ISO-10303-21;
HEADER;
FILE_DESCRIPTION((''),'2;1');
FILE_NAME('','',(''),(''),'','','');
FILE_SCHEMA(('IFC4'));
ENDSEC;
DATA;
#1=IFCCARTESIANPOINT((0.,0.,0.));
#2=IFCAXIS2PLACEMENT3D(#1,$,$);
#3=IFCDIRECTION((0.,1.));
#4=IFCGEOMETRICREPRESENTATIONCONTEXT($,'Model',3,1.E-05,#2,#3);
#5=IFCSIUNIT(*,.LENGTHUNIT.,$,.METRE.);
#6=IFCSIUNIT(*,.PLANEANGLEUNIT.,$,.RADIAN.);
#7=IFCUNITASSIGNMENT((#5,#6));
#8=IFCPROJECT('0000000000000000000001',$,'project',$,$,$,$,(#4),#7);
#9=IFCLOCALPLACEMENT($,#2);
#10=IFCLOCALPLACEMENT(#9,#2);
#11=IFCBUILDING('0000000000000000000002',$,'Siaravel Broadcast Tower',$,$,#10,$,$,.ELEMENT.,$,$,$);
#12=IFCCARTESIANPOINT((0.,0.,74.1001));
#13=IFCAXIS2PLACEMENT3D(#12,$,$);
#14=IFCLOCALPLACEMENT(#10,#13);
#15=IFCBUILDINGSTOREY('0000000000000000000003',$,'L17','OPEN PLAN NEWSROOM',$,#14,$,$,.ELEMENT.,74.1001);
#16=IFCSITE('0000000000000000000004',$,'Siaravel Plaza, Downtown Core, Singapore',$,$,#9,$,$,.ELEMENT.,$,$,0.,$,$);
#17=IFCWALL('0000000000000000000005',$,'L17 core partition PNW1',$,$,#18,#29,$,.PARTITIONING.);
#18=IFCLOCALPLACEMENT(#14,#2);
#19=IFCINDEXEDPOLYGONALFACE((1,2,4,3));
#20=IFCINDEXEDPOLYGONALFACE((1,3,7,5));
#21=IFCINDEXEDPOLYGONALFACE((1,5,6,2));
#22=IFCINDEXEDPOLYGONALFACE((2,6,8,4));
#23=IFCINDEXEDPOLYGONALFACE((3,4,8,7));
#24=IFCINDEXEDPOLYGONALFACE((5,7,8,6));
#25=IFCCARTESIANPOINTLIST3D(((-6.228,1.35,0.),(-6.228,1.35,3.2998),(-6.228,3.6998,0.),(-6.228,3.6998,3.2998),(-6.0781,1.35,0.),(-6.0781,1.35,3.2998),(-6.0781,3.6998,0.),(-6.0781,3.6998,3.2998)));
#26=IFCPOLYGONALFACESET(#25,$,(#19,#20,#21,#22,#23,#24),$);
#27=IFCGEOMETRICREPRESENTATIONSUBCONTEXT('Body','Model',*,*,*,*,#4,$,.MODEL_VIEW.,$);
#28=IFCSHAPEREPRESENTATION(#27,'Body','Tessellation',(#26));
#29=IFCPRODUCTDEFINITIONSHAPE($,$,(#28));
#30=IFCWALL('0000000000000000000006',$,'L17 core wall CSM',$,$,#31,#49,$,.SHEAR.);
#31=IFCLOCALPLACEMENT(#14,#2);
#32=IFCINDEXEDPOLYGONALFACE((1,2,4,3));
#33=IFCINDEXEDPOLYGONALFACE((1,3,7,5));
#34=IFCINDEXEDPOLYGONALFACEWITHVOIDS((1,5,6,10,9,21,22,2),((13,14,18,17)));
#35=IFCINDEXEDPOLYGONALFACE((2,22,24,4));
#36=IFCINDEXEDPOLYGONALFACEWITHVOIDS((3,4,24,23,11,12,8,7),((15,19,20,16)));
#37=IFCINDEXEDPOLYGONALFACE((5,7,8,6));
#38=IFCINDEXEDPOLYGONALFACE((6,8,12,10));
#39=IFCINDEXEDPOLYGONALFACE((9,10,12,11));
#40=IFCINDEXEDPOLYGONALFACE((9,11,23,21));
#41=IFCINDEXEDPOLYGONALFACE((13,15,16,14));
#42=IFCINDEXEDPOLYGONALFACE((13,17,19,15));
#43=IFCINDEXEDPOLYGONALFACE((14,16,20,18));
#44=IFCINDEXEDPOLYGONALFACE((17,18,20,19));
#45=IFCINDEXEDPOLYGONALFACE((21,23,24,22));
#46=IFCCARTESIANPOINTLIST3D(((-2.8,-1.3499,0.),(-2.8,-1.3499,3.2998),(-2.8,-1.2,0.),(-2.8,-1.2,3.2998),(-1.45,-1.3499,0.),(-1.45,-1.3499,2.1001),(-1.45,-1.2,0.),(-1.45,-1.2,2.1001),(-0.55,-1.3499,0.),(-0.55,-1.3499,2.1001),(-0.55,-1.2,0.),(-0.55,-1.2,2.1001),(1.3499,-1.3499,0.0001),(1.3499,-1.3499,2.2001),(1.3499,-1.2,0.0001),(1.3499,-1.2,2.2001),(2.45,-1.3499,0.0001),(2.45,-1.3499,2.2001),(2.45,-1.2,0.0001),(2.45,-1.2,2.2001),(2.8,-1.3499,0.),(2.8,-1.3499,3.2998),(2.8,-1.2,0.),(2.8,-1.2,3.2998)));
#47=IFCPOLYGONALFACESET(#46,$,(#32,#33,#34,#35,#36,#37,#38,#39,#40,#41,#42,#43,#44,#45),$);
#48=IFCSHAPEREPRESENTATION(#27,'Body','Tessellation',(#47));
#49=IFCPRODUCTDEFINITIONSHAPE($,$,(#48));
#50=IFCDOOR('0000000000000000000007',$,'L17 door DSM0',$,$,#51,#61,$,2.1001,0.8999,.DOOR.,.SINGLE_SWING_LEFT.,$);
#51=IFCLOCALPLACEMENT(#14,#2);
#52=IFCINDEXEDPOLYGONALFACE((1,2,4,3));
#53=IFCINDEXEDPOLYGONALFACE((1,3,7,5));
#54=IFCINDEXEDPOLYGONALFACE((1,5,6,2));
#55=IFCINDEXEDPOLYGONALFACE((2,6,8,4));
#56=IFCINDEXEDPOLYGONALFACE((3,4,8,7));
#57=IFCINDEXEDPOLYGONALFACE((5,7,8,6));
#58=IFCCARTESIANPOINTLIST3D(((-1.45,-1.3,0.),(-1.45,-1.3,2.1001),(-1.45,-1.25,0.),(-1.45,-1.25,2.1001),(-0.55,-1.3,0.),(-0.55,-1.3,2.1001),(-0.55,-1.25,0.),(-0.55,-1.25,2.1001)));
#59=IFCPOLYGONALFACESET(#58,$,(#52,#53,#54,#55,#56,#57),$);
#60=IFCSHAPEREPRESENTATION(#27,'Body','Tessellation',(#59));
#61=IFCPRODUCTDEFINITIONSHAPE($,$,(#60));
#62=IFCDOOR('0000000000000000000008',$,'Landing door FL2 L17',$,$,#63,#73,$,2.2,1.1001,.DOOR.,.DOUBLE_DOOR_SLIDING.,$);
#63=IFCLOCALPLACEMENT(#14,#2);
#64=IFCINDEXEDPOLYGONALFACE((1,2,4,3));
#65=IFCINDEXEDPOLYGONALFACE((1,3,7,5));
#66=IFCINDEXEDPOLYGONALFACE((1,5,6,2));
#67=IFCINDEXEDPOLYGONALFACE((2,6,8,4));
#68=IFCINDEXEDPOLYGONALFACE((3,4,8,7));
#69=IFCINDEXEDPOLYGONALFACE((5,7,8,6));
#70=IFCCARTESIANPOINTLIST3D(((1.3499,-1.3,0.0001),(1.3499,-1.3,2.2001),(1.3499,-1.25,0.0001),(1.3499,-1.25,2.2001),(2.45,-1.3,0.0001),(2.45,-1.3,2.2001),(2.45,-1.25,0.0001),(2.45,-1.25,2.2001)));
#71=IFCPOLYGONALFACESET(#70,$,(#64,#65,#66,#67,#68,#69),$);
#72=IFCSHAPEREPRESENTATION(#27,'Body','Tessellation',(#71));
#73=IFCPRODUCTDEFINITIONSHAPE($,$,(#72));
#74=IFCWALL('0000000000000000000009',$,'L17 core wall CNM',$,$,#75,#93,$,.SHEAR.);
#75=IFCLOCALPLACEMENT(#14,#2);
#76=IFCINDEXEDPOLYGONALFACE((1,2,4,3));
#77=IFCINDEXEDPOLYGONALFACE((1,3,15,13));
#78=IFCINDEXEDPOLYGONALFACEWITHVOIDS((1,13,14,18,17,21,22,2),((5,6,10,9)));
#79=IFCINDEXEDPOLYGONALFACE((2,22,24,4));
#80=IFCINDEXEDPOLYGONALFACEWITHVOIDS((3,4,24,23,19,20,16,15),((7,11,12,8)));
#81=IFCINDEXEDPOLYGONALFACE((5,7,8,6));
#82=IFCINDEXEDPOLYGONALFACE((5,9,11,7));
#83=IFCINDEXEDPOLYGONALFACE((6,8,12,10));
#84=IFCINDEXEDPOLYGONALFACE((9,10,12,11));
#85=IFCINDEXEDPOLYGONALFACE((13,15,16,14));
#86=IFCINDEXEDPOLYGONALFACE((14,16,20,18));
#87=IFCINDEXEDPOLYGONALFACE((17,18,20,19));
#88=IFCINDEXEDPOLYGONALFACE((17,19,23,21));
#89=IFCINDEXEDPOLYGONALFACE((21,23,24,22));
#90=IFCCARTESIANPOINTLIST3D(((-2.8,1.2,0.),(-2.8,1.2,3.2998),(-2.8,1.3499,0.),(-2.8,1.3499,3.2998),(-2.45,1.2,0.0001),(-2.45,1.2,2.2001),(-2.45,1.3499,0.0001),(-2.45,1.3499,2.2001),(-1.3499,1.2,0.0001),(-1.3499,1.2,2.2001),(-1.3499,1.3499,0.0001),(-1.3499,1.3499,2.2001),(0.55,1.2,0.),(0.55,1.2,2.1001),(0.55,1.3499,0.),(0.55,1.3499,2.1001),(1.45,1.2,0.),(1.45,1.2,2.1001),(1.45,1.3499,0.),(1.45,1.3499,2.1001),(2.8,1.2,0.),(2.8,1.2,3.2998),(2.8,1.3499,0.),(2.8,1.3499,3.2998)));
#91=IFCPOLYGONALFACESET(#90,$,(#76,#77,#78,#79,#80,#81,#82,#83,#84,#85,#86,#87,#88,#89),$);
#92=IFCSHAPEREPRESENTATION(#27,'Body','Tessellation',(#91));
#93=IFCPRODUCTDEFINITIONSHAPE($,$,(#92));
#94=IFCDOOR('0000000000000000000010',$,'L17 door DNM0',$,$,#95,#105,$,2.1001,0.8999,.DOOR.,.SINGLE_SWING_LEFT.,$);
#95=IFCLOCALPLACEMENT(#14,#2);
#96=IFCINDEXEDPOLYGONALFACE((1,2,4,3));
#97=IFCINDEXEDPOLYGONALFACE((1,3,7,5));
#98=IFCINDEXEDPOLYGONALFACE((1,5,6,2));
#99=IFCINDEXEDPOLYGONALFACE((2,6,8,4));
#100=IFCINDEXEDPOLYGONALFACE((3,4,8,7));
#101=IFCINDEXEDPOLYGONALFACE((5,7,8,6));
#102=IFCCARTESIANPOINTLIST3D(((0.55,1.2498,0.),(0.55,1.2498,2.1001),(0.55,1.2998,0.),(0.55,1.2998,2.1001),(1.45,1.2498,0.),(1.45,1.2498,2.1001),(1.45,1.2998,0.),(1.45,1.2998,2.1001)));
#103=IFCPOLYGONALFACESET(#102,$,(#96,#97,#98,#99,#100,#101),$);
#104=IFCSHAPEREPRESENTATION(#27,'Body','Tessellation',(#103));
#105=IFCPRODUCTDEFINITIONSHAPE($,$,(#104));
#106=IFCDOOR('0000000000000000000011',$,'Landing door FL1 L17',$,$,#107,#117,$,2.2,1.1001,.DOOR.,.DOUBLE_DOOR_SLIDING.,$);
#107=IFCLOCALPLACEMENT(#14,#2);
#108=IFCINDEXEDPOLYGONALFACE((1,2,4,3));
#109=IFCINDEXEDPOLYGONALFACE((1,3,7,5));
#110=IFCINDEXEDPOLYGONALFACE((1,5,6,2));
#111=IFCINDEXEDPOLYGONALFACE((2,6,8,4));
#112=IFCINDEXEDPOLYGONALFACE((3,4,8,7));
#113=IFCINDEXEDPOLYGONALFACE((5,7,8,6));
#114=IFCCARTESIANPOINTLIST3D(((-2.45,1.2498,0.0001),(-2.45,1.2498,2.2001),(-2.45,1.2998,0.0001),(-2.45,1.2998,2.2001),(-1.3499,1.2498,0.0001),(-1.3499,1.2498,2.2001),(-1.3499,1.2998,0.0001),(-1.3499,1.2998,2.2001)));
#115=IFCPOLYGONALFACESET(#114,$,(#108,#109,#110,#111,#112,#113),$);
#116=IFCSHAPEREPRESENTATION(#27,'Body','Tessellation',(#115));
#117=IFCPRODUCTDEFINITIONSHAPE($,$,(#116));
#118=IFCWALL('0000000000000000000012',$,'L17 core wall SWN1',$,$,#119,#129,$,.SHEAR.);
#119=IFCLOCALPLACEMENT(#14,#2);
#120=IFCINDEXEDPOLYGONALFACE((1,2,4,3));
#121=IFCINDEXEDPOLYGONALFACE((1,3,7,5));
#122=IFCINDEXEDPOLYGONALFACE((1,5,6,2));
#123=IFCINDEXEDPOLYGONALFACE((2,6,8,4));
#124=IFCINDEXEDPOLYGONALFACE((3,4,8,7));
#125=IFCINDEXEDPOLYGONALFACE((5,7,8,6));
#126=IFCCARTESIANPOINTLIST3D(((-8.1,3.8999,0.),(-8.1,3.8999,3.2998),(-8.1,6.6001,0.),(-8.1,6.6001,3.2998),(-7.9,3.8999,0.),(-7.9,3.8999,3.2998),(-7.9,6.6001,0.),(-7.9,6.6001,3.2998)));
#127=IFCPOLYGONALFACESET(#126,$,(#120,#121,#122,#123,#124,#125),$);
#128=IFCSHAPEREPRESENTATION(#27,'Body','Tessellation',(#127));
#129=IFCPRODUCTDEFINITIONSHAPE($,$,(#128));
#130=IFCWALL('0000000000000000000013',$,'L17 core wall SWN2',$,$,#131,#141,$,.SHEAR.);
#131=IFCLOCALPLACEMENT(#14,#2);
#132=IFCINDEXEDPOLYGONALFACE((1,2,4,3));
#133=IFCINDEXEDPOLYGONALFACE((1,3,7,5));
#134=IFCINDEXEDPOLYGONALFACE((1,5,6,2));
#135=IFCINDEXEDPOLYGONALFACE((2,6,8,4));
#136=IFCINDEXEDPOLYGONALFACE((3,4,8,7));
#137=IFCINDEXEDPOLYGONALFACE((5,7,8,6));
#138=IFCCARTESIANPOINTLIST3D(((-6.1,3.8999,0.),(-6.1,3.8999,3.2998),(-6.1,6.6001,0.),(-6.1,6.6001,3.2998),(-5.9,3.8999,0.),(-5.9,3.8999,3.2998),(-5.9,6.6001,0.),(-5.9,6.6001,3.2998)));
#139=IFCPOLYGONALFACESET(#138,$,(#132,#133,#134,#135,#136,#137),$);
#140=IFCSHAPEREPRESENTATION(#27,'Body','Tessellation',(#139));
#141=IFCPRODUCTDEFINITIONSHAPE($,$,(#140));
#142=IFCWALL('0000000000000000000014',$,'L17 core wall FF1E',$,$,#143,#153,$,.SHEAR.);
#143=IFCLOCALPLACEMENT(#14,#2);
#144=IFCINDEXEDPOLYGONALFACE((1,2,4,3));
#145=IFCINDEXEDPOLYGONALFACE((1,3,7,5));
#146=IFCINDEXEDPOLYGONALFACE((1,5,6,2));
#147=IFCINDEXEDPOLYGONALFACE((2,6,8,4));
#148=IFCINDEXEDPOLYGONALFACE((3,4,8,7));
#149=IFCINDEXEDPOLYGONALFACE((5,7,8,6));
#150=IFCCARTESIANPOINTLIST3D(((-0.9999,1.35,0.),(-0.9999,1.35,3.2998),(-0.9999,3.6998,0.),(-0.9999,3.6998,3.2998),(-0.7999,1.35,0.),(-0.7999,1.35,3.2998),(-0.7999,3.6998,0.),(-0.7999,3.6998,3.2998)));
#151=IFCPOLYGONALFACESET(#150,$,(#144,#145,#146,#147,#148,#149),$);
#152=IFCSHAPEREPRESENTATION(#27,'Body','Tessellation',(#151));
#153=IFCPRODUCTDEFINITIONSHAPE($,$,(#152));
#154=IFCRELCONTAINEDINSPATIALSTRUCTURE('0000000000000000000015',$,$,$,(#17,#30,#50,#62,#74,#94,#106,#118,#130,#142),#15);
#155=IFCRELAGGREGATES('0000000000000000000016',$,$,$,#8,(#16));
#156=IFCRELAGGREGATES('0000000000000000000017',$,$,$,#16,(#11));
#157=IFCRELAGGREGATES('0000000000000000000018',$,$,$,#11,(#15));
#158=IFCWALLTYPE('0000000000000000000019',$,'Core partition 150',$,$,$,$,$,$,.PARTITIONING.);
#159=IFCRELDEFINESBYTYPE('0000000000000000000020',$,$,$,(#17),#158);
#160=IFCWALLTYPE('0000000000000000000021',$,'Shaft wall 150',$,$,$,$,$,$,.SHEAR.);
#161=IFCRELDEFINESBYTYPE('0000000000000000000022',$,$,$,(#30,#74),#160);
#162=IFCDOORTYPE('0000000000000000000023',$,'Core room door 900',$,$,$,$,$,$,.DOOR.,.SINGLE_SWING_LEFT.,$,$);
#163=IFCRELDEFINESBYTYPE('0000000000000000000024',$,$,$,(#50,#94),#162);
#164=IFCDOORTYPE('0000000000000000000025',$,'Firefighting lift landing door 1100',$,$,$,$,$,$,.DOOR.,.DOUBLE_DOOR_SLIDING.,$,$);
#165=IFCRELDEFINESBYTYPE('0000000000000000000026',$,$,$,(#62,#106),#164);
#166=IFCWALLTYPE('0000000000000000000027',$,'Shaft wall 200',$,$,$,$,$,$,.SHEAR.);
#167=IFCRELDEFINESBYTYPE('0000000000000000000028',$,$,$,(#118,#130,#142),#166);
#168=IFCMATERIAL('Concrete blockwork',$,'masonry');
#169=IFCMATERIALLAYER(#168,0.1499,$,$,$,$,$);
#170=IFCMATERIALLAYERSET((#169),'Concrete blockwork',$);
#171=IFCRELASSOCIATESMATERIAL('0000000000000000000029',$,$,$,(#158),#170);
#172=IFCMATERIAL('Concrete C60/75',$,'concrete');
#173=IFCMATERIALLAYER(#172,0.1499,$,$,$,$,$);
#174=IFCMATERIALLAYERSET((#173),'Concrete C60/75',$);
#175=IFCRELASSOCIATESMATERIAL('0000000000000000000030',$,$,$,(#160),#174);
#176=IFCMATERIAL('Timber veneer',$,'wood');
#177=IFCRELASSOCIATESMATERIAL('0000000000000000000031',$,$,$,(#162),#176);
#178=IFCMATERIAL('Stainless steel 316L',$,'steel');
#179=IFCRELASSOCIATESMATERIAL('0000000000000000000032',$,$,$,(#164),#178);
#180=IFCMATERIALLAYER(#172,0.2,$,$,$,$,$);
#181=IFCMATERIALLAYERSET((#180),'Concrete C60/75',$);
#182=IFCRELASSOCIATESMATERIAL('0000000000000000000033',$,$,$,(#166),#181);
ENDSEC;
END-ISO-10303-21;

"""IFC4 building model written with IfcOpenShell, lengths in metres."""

from ifc_helpers import new_model, si_unit, direction, frame, frame_2d, origin, place, context, subcontext, project, spatial, rectangle, extrude, material, layer, layer_set, type_object, element, fill, save


model = new_model("IFC4")

# Units and contexts
model_context = context("Model", 3, precision=1e-05, world=origin(), true_north=direction((0.0, 1.0)))
body_context = subcontext(model_context, "Body", "Model", "MODEL_VIEW")
ifc_project = project(units=[si_unit("LENGTHUNIT", "METRE"), si_unit("PLANEANGLEUNIT", "RADIAN")], contexts=[model_context])

# Site, building, storey
site_placement = place(None, origin())
site = spatial("IfcSite", under=ifc_project, at=site_placement, Name="Siaravel Plaza, Downtown Core, Singapore", CompositionType="ELEMENT", RefElevation=0.0)
building_placement = place(site_placement, origin())
building = spatial("IfcBuilding", under=site, at=building_placement, Name="Siaravel Broadcast Tower", CompositionType="ELEMENT")
storey_placement = place(building_placement, frame((0.0, 0.0, 74.1001)))
storey = spatial("IfcBuildingStorey", under=building, at=storey_placement, Name="L17", Description="OPEN PLAN NEWSROOM", CompositionType="ELEMENT", Elevation=74.1001)

# Wall
ifc_material_1 = material(Name="Concrete blockwork", Category="masonry")
ifc_layer_1 = layer(ifc_material_1, 0.1499)
ifc_layer_set_1 = layer_set([ifc_layer_1], Name="Concrete blockwork")
wall_type_1 = type_object("IfcWallType", Name="Core partition 150", PredefinedType="PARTITIONING", material=ifc_layer_set_1)
wall_1_placement = place(storey_placement, frame((-6.1531, 1.3501, 0.0), z_axis=(0.0, 0.0, 1.0), x_axis=(0.0, 1.0, 0.0)))
element("IfcWall", 1, at=wall_1_placement, inside=storey, type_object=wall_type_1, Name="L17 core partition PNW1", PredefinedType="PARTITIONING", context=body_context, shape_type="SweptSolid", body=[
    extrude(rectangle(XDim=2.3499, YDim=0.1499, at=frame_2d((1.1748, 0.0))), origin(), (0.0, 0.0, 1.0), 3.2998),
])

# Shared definitions
ifc_material_2 = material(Name="Timber veneer", Category="wood")

# Walls, openings, doors
ifc_material_3 = material(Name="Concrete C60/75", Category="concrete")
ifc_layer_2 = layer(ifc_material_3, 0.1499)
ifc_layer_set_2 = layer_set([ifc_layer_2], Name="Concrete C60/75")
wall_type_2 = type_object("IfcWallType", Name="Shaft wall 150", PredefinedType="SHEAR", material=ifc_layer_set_2)
wall_2_placement = place(storey_placement, frame((-2.8, -1.2749, 0.0), z_axis=(0.0, 0.0, 1.0), x_axis=(1.0, 0.0, 0.0)))
wall_2 = element("IfcWall", 2, at=wall_2_placement, inside=storey, type_object=wall_type_2, Name="L17 core wall CSM", PredefinedType="SHEAR", context=body_context, shape_type="SweptSolid", body=[
    extrude(rectangle(XDim=5.6001, YDim=0.1499, at=frame_2d((2.8, 0.0))), origin(), (0.0, 0.0, 1.0), 3.2998),
])
opening_1_placement = place(wall_2_placement, frame((4.1499, 0.0, 0.0)))
opening_1 = element("IfcOpeningElement", 3, at=opening_1_placement, cuts=wall_2, PredefinedType="OPENING", context=body_context, shape_type="SweptSolid", body=[
    extrude(rectangle(XDim=1.1001, YDim=2.2, at=frame_2d((0.55, 1.1001))), frame((0.0, 0.085, 0.0), z_axis=(0.0, -1.0, 0.0), x_axis=(1.0, 0.0, 0.0)), (0.0, 0.0, 1.0), 0.1699),
])
opening_2_placement = place(wall_2_placement, frame((1.3501, 0.0, 0.0)))
opening_2 = element("IfcOpeningElement", 4, at=opening_2_placement, cuts=wall_2, PredefinedType="OPENING", context=body_context, shape_type="SweptSolid", body=[
    extrude(rectangle(XDim=0.8999, YDim=2.1001, at=frame_2d((0.45, 1.05))), frame((0.0, 0.085, 0.0), z_axis=(0.0, -1.0, 0.0), x_axis=(1.0, 0.0, 0.0)), (0.0, 0.0, 1.0), 0.1699),
])
door_type_1 = type_object("IfcDoorType", Name="Core room door 900", OperationType="SINGLE_SWING_LEFT", PredefinedType="DOOR", material=ifc_material_2)
door_1_placement = place(opening_2_placement, origin())
door_1 = element("IfcDoor", 5, at=door_1_placement, inside=storey, type_object=door_type_1, Name="L17 door DSM0", OperationType="SINGLE_SWING_LEFT", OverallHeight=2.1001, OverallWidth=0.8999, PredefinedType="DOOR", context=body_context, shape_type="SweptSolid", body=[
    extrude(rectangle(XDim=0.8999, YDim=2.1001, at=frame_2d((0.45, 1.05))), frame((0.0, 0.0249, 0.0), z_axis=(0.0, -1.0, 0.0), x_axis=(1.0, 0.0, 0.0)), (0.0, 0.0, 1.0), 0.05),
])
fill(opening_2, door_1)
ifc_material_4 = material(Name="Stainless steel 316L", Category="steel")
door_type_2 = type_object("IfcDoorType", Name="Firefighting lift landing door 1100", OperationType="DOUBLE_DOOR_SLIDING", PredefinedType="DOOR", material=ifc_material_4)
door_2_placement = place(opening_1_placement, origin())
door_2 = element("IfcDoor", 6, at=door_2_placement, inside=storey, type_object=door_type_2, Name="Landing door FL2 L17", OperationType="DOUBLE_DOOR_SLIDING", OverallHeight=2.2, OverallWidth=1.1001, PredefinedType="DOOR", context=body_context, shape_type="SweptSolid", body=[
    extrude(rectangle(XDim=1.1001, YDim=2.2, at=frame_2d((0.55, 1.1001))), frame((0.0, 0.0249, 0.0), z_axis=(0.0, -1.0, 0.0), x_axis=(1.0, 0.0, 0.0)), (0.0, 0.0, 1.0), 0.05),
])
fill(opening_1, door_2)
wall_3_placement = place(storey_placement, frame((-2.8, 1.2749, 0.0), z_axis=(0.0, 0.0, 1.0), x_axis=(1.0, 0.0, 0.0)))
wall_3 = element("IfcWall", 7, at=wall_3_placement, inside=storey, type_object=wall_type_2, Name="L17 core wall CNM", PredefinedType="SHEAR", context=body_context, shape_type="SweptSolid", body=[
    extrude(rectangle(XDim=5.6001, YDim=0.1499, at=frame_2d((2.8, 0.0))), origin(), (0.0, 0.0, 1.0), 3.2998),
])
opening_3_placement = place(wall_3_placement, frame((0.3501, 0.0, 0.0)))
opening_3 = element("IfcOpeningElement", 8, at=opening_3_placement, cuts=wall_3, PredefinedType="OPENING", context=body_context, shape_type="SweptSolid", body=[
    extrude(rectangle(XDim=1.1001, YDim=2.2, at=frame_2d((0.55, 1.1001))), frame((0.0, 0.085, 0.0), z_axis=(0.0, -1.0, 0.0), x_axis=(1.0, 0.0, 0.0)), (0.0, 0.0, 1.0), 0.1699),
])
opening_4_placement = place(wall_3_placement, frame((3.3501, 0.0, 0.0)))
opening_4 = element("IfcOpeningElement", 9, at=opening_4_placement, cuts=wall_3, PredefinedType="OPENING", context=body_context, shape_type="SweptSolid", body=[
    extrude(rectangle(XDim=0.8999, YDim=2.1001, at=frame_2d((0.45, 1.05))), frame((0.0, 0.085, 0.0), z_axis=(0.0, -1.0, 0.0), x_axis=(1.0, 0.0, 0.0)), (0.0, 0.0, 1.0), 0.1699),
])
door_3_placement = place(opening_4_placement, origin())
door_3 = element("IfcDoor", 10, at=door_3_placement, inside=storey, type_object=door_type_1, Name="L17 door DNM0", OperationType="SINGLE_SWING_LEFT", OverallHeight=2.1001, OverallWidth=0.8999, PredefinedType="DOOR", context=body_context, shape_type="SweptSolid", body=[
    extrude(rectangle(XDim=0.8999, YDim=2.1001, at=frame_2d((0.45, 1.05))), frame((0.0, 0.0249, 0.0), z_axis=(0.0, -1.0, 0.0), x_axis=(1.0, 0.0, 0.0)), (0.0, 0.0, 1.0), 0.05),
])
fill(opening_4, door_3)
door_4_placement = place(opening_3_placement, origin())
door_4 = element("IfcDoor", 11, at=door_4_placement, inside=storey, type_object=door_type_2, Name="Landing door FL1 L17", OperationType="DOUBLE_DOOR_SLIDING", OverallHeight=2.2, OverallWidth=1.1001, PredefinedType="DOOR", context=body_context, shape_type="SweptSolid", body=[
    extrude(rectangle(XDim=1.1001, YDim=2.2, at=frame_2d((0.55, 1.1001))), frame((0.0, 0.0249, 0.0), z_axis=(0.0, -1.0, 0.0), x_axis=(1.0, 0.0, 0.0)), (0.0, 0.0, 1.0), 0.05),
])
fill(opening_3, door_4)

# Walls
ifc_layer_3 = layer(ifc_material_3, 0.2)
ifc_layer_set_3 = layer_set([ifc_layer_3], Name="Concrete C60/75")
wall_type_3 = type_object("IfcWallType", Name="Shaft wall 200", PredefinedType="SHEAR", material=ifc_layer_set_3)
for number, where, z_axis, x_axis, name in (
    (12, (-8.0, 3.8999, 0.0), (0.0, 0.0, 1.0), (0.0, 1.0, 0.0), "L17 core wall SWN1"),
    (13, (-6.0, 3.8999, 0.0), (0.0, 0.0, 1.0), (0.0, 1.0, 0.0), "L17 core wall SWN2"),
):
    element("IfcWall", number, at=place(storey_placement, frame(where, z_axis=z_axis, x_axis=x_axis)), inside=storey, type_object=wall_type_3, Name=name, PredefinedType="SHEAR", context=body_context, shape_type="SweptSolid", body=[
        extrude(rectangle(XDim=2.7002, YDim=0.2, at=frame_2d((1.3501, 0.0))), origin(), (0.0, 0.0, 1.0), 3.2998),
    ])
wall_4_placement = place(storey_placement, frame((-0.8999, 1.3501, 0.0), z_axis=(0.0, 0.0, 1.0), x_axis=(0.0, 1.0, 0.0)))
element("IfcWall", 14, at=wall_4_placement, inside=storey, type_object=wall_type_3, Name="L17 core wall FF1E", PredefinedType="SHEAR", context=body_context, shape_type="SweptSolid", body=[
    extrude(rectangle(XDim=2.3499, YDim=0.2, at=frame_2d((1.1748, 0.0))), origin(), (0.0, 0.0, 1.0), 3.2998),
])

save(model, "model.ifc")
